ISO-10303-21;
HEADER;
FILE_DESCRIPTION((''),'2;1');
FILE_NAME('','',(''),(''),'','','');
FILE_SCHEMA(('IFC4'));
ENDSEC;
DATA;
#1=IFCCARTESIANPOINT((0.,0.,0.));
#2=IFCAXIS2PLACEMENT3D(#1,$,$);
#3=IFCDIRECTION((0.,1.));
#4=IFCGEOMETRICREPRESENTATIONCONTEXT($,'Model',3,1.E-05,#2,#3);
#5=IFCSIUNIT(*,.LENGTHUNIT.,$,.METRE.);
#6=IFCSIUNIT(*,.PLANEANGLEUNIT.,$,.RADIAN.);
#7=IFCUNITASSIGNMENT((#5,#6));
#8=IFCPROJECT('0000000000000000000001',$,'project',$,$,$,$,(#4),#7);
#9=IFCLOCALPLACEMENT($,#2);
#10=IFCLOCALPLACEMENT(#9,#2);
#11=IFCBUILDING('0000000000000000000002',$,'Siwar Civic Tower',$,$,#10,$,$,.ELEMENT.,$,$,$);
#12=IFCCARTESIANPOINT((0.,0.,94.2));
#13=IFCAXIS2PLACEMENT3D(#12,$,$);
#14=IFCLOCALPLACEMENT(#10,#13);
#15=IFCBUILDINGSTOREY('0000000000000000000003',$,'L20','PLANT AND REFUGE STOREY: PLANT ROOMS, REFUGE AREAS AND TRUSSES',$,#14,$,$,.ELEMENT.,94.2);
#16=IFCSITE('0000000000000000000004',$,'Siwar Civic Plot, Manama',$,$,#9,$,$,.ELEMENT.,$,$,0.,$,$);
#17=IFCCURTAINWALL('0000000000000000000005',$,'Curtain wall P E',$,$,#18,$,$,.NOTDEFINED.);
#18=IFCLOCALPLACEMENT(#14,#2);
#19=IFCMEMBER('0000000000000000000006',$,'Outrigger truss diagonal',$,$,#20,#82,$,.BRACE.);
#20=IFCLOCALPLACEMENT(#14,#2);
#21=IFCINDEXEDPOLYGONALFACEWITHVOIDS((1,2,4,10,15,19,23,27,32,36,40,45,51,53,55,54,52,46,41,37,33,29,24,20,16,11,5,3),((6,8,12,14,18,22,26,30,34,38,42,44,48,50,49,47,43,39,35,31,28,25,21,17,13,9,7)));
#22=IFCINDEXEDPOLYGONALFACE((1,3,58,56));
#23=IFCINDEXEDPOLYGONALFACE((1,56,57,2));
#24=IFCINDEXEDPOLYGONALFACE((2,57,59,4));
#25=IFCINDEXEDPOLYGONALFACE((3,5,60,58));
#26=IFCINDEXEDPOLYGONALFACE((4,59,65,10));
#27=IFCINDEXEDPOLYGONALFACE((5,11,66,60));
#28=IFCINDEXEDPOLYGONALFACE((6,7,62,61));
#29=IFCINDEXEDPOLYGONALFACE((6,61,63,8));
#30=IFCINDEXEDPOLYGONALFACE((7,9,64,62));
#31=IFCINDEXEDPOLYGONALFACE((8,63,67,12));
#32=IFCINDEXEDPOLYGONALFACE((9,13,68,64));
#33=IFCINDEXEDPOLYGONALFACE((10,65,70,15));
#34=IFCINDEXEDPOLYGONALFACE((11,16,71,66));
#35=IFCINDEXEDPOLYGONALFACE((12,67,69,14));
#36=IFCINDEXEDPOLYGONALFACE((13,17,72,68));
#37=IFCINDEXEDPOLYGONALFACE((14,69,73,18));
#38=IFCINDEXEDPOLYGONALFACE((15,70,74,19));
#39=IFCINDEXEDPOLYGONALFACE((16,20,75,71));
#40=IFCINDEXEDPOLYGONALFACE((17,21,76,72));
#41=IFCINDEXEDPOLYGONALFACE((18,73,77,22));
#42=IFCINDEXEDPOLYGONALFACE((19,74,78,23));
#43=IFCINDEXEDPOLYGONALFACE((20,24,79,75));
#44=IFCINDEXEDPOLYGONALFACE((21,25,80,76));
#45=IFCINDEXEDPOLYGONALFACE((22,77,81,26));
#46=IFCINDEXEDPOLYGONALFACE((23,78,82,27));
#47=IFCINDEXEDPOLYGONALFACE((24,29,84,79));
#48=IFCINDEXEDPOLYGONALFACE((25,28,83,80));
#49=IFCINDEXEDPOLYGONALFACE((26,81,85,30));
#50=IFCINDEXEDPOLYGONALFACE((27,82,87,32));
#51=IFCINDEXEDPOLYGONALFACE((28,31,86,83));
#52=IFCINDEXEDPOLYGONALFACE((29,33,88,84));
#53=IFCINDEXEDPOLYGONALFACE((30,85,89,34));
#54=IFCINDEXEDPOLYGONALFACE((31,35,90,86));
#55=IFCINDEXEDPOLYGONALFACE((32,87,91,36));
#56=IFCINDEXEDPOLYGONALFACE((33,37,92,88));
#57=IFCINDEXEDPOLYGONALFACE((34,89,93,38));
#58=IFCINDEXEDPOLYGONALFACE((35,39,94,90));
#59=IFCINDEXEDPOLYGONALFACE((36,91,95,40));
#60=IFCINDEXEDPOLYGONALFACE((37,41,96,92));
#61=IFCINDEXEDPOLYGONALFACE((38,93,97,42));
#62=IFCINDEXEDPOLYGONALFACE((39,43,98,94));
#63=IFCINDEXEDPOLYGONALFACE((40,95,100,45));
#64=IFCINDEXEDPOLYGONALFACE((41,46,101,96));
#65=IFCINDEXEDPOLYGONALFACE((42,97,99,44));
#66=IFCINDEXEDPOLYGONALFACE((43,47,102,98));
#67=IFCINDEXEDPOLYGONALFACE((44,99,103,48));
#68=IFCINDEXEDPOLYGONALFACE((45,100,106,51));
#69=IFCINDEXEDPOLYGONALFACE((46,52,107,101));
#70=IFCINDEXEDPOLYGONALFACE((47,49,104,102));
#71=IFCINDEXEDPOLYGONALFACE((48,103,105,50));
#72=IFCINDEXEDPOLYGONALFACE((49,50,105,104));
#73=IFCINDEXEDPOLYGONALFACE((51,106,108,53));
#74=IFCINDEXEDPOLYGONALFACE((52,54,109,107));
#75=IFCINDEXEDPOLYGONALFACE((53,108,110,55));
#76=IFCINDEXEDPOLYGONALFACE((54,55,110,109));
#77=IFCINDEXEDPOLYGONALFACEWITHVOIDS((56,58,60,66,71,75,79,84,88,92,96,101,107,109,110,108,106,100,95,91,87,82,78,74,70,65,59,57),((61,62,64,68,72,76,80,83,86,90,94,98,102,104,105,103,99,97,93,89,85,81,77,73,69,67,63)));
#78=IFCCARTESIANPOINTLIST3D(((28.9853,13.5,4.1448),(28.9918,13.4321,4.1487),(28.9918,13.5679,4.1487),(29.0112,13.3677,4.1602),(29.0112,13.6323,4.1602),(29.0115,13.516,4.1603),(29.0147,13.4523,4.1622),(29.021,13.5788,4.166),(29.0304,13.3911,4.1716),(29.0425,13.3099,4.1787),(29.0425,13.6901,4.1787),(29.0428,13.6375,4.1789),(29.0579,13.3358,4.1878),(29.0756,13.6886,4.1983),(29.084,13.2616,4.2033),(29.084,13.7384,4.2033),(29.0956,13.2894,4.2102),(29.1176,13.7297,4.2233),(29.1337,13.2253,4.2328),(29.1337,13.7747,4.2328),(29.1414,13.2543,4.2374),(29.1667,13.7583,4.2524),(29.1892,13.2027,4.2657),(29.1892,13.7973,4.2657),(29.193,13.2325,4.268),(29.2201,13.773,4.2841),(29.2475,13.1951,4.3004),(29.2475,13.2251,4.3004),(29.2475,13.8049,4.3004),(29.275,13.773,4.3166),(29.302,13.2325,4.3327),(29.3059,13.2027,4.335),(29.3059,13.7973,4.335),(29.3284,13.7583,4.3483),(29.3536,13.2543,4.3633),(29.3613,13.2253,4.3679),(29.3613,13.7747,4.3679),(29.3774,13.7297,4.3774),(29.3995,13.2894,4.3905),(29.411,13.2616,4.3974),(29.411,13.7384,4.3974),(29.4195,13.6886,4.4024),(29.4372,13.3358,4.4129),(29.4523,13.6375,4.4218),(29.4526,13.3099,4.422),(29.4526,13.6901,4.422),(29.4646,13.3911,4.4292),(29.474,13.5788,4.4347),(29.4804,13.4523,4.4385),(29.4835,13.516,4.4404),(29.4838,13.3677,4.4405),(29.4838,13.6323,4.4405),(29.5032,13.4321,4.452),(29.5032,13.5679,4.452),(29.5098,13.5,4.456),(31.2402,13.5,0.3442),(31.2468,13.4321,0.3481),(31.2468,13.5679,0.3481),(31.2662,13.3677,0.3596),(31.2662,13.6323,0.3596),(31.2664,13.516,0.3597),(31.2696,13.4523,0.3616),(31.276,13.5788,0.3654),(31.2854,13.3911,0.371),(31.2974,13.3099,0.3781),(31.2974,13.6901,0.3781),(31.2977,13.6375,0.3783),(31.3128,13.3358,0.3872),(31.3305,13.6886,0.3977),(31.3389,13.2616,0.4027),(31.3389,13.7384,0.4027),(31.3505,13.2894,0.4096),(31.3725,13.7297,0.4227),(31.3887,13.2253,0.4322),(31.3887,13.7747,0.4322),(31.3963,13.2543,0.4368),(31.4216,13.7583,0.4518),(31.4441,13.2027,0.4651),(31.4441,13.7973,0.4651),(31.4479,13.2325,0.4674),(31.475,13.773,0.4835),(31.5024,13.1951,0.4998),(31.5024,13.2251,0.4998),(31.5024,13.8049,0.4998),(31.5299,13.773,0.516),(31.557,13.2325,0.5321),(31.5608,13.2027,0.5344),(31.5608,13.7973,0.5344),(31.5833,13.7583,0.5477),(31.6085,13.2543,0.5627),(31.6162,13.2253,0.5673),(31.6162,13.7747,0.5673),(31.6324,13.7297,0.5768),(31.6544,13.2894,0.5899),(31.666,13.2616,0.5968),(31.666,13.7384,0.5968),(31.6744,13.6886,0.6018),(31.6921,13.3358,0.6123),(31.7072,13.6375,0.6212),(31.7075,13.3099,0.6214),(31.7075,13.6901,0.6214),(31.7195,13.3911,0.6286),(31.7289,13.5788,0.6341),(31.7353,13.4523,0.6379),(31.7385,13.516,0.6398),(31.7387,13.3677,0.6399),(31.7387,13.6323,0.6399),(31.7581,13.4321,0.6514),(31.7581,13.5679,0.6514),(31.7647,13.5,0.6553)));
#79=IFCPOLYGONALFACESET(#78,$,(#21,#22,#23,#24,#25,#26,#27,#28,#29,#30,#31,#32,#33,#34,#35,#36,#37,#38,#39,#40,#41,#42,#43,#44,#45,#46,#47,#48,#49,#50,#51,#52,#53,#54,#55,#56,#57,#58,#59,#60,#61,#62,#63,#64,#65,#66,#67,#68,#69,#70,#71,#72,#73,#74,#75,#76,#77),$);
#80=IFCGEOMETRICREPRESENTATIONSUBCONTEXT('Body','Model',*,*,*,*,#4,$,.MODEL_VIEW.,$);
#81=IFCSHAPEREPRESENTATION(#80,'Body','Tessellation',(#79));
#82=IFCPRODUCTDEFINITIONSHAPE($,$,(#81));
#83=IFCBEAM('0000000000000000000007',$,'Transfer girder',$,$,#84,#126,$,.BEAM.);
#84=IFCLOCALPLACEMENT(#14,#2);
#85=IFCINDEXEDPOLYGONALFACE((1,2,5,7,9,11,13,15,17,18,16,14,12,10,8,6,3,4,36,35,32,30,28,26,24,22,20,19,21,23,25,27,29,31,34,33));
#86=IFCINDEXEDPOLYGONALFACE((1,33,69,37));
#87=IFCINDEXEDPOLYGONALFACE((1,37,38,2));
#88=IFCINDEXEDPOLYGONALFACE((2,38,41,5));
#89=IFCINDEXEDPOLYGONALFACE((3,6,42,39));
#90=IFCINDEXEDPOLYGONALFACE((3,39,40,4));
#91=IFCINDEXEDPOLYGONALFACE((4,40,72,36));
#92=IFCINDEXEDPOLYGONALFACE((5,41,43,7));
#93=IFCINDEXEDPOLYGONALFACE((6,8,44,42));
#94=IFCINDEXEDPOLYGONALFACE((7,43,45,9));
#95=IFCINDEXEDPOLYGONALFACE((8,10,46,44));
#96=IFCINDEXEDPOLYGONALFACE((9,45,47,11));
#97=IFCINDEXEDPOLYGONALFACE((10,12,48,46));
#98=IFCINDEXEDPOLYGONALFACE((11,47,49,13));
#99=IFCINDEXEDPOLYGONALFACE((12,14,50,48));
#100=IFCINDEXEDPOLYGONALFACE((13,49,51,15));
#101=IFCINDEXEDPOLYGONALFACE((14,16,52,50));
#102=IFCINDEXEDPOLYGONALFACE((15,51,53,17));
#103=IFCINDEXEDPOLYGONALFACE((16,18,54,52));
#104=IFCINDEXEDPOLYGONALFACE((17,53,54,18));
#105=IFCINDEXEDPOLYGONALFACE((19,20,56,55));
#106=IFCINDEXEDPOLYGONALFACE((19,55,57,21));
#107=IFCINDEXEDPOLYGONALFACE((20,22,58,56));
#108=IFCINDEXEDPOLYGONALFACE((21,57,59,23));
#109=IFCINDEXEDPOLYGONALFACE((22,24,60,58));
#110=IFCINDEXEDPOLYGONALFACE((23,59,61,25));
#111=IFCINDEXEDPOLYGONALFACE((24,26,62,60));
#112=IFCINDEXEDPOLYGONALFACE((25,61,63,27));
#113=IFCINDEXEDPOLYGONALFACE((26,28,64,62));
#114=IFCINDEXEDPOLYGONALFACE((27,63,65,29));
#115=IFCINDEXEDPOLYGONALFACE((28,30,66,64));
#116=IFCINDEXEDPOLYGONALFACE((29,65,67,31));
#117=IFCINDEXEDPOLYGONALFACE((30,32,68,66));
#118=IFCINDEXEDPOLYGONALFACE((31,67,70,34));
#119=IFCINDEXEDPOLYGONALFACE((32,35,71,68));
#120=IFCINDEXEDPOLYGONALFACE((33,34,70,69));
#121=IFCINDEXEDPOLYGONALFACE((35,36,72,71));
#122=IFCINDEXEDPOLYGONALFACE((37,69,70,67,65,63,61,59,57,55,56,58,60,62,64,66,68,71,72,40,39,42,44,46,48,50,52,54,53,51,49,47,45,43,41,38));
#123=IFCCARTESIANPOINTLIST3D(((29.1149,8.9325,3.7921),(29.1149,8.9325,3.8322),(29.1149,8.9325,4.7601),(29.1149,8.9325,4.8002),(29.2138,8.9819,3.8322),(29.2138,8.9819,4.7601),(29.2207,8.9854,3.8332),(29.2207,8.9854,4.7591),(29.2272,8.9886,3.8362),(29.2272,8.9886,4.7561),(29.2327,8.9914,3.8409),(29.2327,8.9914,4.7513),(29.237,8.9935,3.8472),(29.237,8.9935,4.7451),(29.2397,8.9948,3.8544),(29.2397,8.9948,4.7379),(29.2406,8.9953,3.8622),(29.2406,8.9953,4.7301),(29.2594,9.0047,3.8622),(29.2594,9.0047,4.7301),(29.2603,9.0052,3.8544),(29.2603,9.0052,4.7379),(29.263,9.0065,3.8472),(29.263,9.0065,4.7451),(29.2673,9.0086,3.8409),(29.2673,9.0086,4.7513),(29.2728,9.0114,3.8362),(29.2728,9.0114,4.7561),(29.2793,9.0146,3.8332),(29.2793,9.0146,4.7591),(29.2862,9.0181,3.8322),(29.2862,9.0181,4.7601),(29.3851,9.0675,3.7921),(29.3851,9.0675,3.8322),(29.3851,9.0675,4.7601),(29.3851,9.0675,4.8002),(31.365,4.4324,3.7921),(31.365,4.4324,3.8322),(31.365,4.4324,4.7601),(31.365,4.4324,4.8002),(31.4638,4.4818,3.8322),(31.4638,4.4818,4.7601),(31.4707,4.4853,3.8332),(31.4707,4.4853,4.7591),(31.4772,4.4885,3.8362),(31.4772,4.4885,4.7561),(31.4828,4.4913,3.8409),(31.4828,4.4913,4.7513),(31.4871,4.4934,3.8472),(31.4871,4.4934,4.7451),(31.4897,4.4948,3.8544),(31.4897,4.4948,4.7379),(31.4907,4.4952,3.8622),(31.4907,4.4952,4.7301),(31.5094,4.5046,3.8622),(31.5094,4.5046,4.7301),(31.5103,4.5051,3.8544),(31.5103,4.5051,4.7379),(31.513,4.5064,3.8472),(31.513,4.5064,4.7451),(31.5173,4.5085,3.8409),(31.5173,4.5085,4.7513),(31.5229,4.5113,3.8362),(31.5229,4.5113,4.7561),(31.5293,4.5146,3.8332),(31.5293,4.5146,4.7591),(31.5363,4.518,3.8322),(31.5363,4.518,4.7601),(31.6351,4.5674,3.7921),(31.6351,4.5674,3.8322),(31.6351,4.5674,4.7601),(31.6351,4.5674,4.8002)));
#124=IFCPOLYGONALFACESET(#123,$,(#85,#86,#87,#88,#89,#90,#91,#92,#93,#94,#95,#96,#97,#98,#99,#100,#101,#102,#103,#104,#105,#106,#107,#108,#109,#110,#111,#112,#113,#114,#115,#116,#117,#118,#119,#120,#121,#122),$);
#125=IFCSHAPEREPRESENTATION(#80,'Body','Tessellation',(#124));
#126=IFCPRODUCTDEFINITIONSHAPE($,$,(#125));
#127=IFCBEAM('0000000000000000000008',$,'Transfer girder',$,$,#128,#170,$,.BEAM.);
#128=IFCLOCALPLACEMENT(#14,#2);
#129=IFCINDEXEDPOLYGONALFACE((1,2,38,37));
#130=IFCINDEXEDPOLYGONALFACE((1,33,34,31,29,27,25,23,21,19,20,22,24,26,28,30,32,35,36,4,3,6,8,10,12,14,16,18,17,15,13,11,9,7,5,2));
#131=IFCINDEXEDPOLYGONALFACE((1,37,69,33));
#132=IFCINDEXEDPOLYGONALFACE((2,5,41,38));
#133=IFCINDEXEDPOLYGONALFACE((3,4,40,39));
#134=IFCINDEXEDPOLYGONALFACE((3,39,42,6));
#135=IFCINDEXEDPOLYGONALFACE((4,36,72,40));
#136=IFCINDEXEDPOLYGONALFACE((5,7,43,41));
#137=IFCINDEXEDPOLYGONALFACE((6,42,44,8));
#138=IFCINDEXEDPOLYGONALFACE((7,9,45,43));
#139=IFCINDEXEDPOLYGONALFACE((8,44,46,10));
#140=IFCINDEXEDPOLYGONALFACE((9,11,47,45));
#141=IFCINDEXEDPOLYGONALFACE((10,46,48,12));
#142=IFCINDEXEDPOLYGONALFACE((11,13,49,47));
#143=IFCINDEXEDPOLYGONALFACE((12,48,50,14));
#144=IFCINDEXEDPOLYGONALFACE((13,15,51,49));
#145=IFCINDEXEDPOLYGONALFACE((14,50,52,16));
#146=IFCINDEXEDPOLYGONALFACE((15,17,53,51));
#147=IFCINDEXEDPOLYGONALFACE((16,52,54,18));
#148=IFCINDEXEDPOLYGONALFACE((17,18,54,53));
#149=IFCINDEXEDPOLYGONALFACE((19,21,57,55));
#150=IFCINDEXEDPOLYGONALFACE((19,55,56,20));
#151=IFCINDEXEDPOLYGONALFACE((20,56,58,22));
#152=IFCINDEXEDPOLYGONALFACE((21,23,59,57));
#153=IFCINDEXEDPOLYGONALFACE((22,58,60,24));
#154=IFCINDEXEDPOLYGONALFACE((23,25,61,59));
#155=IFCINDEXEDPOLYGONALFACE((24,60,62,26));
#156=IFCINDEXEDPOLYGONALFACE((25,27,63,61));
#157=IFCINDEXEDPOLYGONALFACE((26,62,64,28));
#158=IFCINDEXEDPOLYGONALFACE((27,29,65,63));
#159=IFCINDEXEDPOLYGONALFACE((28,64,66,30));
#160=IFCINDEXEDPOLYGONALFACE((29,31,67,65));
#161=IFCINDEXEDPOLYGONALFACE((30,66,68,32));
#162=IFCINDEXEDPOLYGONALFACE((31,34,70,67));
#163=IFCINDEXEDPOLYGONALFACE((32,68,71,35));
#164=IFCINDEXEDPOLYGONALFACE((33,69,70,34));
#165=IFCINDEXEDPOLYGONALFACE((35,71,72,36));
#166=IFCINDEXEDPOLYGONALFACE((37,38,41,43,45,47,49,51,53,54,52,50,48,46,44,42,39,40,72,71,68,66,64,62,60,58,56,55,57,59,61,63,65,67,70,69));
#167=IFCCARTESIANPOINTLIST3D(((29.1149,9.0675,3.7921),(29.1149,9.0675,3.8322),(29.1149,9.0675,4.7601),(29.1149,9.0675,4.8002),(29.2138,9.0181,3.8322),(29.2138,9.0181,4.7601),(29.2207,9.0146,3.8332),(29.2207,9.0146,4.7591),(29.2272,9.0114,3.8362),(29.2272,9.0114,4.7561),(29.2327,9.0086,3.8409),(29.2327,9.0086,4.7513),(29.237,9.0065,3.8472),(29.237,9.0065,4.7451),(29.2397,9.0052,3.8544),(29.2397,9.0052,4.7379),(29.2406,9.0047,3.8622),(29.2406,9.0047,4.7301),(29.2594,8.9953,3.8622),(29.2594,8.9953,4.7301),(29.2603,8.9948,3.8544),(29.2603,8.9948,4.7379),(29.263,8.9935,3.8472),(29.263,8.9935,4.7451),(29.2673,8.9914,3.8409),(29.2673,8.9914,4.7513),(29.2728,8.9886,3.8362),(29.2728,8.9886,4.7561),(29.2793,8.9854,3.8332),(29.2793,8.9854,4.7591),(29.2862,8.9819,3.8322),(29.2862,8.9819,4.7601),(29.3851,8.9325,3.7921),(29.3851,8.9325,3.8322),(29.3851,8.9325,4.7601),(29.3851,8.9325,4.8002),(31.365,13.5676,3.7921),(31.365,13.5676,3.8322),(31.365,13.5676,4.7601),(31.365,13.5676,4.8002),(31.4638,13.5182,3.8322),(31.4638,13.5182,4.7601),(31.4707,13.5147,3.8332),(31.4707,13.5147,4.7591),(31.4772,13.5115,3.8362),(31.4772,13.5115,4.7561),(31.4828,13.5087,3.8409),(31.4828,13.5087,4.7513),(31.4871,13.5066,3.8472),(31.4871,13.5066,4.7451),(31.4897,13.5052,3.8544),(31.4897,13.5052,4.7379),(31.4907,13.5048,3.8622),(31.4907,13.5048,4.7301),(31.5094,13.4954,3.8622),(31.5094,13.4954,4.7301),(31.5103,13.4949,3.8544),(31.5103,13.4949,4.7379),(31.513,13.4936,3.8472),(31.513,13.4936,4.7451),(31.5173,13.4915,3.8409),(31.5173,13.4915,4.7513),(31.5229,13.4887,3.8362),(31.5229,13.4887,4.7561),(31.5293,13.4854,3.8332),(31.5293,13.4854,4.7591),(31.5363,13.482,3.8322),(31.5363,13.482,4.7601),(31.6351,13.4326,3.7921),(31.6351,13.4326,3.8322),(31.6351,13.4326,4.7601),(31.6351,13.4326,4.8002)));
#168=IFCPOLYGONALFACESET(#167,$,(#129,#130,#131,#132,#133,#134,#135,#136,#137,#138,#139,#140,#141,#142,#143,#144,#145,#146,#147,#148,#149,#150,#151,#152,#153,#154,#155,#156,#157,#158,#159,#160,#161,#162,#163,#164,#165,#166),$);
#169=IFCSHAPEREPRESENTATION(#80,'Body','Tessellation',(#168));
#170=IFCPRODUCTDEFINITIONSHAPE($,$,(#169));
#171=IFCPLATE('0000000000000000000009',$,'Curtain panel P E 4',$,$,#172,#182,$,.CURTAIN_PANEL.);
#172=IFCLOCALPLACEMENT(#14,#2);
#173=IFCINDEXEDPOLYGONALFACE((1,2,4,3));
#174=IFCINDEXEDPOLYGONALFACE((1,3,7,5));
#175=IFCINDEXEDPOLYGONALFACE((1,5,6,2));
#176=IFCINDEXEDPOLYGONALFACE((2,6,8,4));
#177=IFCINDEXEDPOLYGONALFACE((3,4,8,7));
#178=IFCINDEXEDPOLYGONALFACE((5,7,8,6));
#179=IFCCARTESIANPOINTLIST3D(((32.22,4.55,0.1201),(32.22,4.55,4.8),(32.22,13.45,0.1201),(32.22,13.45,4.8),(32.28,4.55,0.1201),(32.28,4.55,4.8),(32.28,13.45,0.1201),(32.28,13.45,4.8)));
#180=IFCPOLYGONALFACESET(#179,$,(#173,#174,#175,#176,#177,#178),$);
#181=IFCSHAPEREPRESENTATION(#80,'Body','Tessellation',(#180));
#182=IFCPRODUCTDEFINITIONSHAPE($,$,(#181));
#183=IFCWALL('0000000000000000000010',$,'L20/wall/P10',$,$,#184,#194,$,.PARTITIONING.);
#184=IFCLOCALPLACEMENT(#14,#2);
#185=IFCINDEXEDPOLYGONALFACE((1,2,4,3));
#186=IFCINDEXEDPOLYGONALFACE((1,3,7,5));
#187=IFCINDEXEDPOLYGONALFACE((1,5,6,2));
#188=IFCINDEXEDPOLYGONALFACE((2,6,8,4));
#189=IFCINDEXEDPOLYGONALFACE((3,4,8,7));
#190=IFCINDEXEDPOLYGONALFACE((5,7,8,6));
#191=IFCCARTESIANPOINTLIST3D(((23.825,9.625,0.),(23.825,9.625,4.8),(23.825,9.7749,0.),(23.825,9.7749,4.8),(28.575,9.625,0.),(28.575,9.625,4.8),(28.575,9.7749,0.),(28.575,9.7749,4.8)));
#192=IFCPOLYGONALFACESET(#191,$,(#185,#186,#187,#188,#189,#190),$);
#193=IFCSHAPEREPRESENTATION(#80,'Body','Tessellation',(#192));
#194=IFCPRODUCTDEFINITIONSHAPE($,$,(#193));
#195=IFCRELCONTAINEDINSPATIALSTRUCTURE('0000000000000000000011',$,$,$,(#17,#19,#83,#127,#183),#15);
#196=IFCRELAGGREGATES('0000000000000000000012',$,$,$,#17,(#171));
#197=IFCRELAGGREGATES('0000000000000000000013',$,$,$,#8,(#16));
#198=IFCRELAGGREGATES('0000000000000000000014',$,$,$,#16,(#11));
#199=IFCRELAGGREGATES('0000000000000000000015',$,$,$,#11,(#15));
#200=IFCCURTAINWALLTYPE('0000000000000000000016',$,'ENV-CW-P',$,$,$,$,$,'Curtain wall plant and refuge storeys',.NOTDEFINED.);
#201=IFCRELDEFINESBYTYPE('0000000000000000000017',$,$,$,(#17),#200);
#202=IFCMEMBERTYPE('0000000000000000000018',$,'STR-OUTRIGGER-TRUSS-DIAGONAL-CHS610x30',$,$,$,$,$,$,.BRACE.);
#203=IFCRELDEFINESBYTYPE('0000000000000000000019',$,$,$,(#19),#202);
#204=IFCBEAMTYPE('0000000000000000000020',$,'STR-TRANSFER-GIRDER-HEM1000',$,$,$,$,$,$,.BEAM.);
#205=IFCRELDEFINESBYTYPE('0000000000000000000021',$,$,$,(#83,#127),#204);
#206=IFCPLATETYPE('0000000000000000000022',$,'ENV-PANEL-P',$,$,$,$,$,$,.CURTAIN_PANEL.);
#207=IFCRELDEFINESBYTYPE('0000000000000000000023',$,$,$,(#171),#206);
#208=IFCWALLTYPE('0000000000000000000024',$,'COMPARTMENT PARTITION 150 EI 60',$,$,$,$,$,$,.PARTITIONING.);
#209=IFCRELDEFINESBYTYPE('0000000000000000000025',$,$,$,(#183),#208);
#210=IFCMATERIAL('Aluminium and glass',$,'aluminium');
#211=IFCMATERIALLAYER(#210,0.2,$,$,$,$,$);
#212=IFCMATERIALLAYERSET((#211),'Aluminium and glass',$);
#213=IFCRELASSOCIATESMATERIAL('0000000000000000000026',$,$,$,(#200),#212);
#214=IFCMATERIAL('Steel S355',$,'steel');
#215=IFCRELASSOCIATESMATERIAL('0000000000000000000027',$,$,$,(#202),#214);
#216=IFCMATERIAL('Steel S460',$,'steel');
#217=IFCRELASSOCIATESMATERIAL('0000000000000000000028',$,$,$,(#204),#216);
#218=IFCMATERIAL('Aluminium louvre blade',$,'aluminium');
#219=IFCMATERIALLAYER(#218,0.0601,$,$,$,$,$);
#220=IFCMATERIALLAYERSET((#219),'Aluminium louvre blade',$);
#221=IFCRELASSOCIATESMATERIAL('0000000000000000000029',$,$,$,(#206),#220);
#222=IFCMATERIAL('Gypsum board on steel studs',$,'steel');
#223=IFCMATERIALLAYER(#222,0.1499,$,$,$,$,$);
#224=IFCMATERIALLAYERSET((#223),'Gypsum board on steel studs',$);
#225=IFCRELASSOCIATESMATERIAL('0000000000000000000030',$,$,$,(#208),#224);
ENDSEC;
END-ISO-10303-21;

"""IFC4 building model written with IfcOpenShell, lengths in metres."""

from ifc_helpers import new_model, si_unit, direction, frame, frame_2d, origin, origin_2d, place, context, subcontext, project, spatial, rectangle, hollow_circle, i_section, extrude, material, layer, layer_set, material_profile, profile_set, type_object, element, aggregate, save


model = new_model("IFC4")

# Units and contexts
model_context = context("Model", 3, precision=1e-05, world=origin(), true_north=direction((0.0, 1.0)))
body_context = subcontext(model_context, "Body", "Model", "MODEL_VIEW")
ifc_project = project(units=[si_unit("LENGTHUNIT", "METRE"), si_unit("PLANEANGLEUNIT", "RADIAN")], contexts=[model_context])

# Site, building, storey
site_placement = place(None, origin())
site = spatial("IfcSite", under=ifc_project, at=site_placement, Name="Siwar Civic Plot, Manama", CompositionType="ELEMENT", RefElevation=0.0)
building_placement = place(site_placement, origin())
building = spatial("IfcBuilding", under=site, at=building_placement, Name="Siwar Civic Tower", CompositionType="ELEMENT")
storey_placement = place(building_placement, frame((0.0, 0.0, 94.2)))
storey = spatial("IfcBuildingStorey", under=building, at=storey_placement, Name="L20", Description="PLANT AND REFUGE STOREY: PLANT ROOMS, REFUGE AREAS AND TRUSSES", CompositionType="ELEMENT", Elevation=94.2)

# Curtain wall
ifc_material_1 = material(Name="Aluminium and glass", Category="aluminium")
ifc_layer_1 = layer(ifc_material_1, 0.2)
ifc_layer_set_1 = layer_set([ifc_layer_1], Name="Aluminium and glass")
curtain_wall_type = type_object("IfcCurtainWallType", Name="ENV-CW-P", ElementType="Curtain wall plant and refuge storeys", PredefinedType="NOTDEFINED", material=ifc_layer_set_1)
curtain_wall_placement = place(storey_placement, origin())
curtain_wall = element("IfcCurtainWall", 1, at=curtain_wall_placement, inside=storey, type_object=curtain_wall_type, Name="Curtain wall P E", PredefinedType="NOTDEFINED")

# Member
ifc_material_2 = material(Name="Steel S355", Category="steel")
ifc_material_profile_1 = material_profile(ifc_material_2, hollow_circle(Radius=0.3049, WallThickness=0.03, at=origin_2d()), Name="CHS610x30")
ifc_profile_set_1 = profile_set([ifc_material_profile_1], Name="Steel S355")
member_type_1 = type_object("IfcMemberType", Name="STR-OUTRIGGER-TRUSS-DIAGONAL-CHS610x30", PredefinedType="BRACE", material=ifc_profile_set_1)
member_1_placement = place(storey_placement, frame((31.5024, 13.5, 0.4998), z_axis=(-0.510257, 0.0, 0.860022), x_axis=(0.0, -1.0, 0.0)))
element("IfcMember", 2, at=member_1_placement, inside=storey, type_object=member_type_1, Name="Outrigger truss diagonal", PredefinedType="BRACE", context=body_context, shape_type="SweptSolid", body=[
    extrude(hollow_circle(Radius=0.3049, WallThickness=0.03, at=origin_2d()), origin(), (0.0, 0.0, 1.0), 4.4192),
])

# Beams
ifc_material_3 = material(Name="Steel S460", Category="steel")
ifc_material_profile_2 = material_profile(ifc_material_3, i_section(OverallWidth=0.302, OverallDepth=1.0081, WebThickness=0.021, FlangeThickness=0.04, FilletRadius=0.03, at=origin_2d()), Name="HEM1000")
ifc_profile_set_2 = profile_set([ifc_material_profile_2], Name="Steel S460")
beam_type_1 = type_object("IfcBeamType", Name="STR-TRANSFER-GIRDER-HEM1000", PredefinedType="BEAM", material=ifc_profile_set_2)
for number, where, z_axis, x_axis, name in (
    (3, (29.25, 9.0, 4.2961), (0.447214, -0.894427, 0.0), (0.894427, 0.447214, 0.0), "Transfer girder"),
    (4, (29.25, 9.0, 4.2961), (0.447214, 0.894427, 0.0), (-0.894427, 0.447214, 0.0), "Transfer girder"),
):
    element("IfcBeam", number, at=place(storey_placement, frame(where, z_axis=z_axis, x_axis=x_axis)), inside=storey, type_object=beam_type_1, Name=name, PredefinedType="BEAM", context=body_context, shape_type="SweptSolid", body=[
        extrude(i_section(OverallWidth=0.302, OverallDepth=1.0081, WebThickness=0.021, FlangeThickness=0.04, FilletRadius=0.03, at=origin_2d()), origin(), (0.0, 0.0, 1.0), 5.0312),
    ])

# Plate
ifc_material_4 = material(Name="Aluminium louvre blade", Category="aluminium")
ifc_layer_2 = layer(ifc_material_4, 0.0601)
ifc_layer_set_2 = layer_set([ifc_layer_2], Name="Aluminium louvre blade")
plate_type = type_object("IfcPlateType", Name="ENV-PANEL-P", PredefinedType="CURTAIN_PANEL", material=ifc_layer_set_2)
plate_placement = place(storey_placement, frame((32.25, 9.0, 0.1201), z_axis=(0.0, 0.0, 1.0), x_axis=(0.0, 1.0, 0.0)))
plate = element("IfcPlate", 5, at=plate_placement, type_object=plate_type, Name="Curtain panel P E 4", PredefinedType="CURTAIN_PANEL", context=body_context, shape_type="SweptSolid", body=[
    extrude(rectangle(XDim=8.8999, YDim=0.0601, at=origin_2d()), origin(), (0.0, 0.0, 1.0), 4.6799),
])
aggregate(curtain_wall, [plate])

# Wall
ifc_material_5 = material(Name="Gypsum board on steel studs", Category="steel")
ifc_layer_3 = layer(ifc_material_5, 0.1499)
ifc_layer_set_3 = layer_set([ifc_layer_3], Name="Gypsum board on steel studs")
wall_type = type_object("IfcWallType", Name="COMPARTMENT PARTITION 150 EI 60", PredefinedType="PARTITIONING", material=ifc_layer_set_3)
wall_placement = place(storey_placement, frame((23.825, 9.7, 0.0), z_axis=(0.0, 0.0, 1.0), x_axis=(1.0, 0.0, 0.0)))
element("IfcWall", 6, at=wall_placement, inside=storey, type_object=wall_type, Name="L20/wall/P10", PredefinedType="PARTITIONING", context=body_context, shape_type="SweptSolid", body=[
    extrude(rectangle(XDim=4.75, YDim=0.1499, at=frame_2d((2.375, 0.0))), origin(), (0.0, 0.0, 1.0), 4.8),
])

save(model, "model.ifc")
